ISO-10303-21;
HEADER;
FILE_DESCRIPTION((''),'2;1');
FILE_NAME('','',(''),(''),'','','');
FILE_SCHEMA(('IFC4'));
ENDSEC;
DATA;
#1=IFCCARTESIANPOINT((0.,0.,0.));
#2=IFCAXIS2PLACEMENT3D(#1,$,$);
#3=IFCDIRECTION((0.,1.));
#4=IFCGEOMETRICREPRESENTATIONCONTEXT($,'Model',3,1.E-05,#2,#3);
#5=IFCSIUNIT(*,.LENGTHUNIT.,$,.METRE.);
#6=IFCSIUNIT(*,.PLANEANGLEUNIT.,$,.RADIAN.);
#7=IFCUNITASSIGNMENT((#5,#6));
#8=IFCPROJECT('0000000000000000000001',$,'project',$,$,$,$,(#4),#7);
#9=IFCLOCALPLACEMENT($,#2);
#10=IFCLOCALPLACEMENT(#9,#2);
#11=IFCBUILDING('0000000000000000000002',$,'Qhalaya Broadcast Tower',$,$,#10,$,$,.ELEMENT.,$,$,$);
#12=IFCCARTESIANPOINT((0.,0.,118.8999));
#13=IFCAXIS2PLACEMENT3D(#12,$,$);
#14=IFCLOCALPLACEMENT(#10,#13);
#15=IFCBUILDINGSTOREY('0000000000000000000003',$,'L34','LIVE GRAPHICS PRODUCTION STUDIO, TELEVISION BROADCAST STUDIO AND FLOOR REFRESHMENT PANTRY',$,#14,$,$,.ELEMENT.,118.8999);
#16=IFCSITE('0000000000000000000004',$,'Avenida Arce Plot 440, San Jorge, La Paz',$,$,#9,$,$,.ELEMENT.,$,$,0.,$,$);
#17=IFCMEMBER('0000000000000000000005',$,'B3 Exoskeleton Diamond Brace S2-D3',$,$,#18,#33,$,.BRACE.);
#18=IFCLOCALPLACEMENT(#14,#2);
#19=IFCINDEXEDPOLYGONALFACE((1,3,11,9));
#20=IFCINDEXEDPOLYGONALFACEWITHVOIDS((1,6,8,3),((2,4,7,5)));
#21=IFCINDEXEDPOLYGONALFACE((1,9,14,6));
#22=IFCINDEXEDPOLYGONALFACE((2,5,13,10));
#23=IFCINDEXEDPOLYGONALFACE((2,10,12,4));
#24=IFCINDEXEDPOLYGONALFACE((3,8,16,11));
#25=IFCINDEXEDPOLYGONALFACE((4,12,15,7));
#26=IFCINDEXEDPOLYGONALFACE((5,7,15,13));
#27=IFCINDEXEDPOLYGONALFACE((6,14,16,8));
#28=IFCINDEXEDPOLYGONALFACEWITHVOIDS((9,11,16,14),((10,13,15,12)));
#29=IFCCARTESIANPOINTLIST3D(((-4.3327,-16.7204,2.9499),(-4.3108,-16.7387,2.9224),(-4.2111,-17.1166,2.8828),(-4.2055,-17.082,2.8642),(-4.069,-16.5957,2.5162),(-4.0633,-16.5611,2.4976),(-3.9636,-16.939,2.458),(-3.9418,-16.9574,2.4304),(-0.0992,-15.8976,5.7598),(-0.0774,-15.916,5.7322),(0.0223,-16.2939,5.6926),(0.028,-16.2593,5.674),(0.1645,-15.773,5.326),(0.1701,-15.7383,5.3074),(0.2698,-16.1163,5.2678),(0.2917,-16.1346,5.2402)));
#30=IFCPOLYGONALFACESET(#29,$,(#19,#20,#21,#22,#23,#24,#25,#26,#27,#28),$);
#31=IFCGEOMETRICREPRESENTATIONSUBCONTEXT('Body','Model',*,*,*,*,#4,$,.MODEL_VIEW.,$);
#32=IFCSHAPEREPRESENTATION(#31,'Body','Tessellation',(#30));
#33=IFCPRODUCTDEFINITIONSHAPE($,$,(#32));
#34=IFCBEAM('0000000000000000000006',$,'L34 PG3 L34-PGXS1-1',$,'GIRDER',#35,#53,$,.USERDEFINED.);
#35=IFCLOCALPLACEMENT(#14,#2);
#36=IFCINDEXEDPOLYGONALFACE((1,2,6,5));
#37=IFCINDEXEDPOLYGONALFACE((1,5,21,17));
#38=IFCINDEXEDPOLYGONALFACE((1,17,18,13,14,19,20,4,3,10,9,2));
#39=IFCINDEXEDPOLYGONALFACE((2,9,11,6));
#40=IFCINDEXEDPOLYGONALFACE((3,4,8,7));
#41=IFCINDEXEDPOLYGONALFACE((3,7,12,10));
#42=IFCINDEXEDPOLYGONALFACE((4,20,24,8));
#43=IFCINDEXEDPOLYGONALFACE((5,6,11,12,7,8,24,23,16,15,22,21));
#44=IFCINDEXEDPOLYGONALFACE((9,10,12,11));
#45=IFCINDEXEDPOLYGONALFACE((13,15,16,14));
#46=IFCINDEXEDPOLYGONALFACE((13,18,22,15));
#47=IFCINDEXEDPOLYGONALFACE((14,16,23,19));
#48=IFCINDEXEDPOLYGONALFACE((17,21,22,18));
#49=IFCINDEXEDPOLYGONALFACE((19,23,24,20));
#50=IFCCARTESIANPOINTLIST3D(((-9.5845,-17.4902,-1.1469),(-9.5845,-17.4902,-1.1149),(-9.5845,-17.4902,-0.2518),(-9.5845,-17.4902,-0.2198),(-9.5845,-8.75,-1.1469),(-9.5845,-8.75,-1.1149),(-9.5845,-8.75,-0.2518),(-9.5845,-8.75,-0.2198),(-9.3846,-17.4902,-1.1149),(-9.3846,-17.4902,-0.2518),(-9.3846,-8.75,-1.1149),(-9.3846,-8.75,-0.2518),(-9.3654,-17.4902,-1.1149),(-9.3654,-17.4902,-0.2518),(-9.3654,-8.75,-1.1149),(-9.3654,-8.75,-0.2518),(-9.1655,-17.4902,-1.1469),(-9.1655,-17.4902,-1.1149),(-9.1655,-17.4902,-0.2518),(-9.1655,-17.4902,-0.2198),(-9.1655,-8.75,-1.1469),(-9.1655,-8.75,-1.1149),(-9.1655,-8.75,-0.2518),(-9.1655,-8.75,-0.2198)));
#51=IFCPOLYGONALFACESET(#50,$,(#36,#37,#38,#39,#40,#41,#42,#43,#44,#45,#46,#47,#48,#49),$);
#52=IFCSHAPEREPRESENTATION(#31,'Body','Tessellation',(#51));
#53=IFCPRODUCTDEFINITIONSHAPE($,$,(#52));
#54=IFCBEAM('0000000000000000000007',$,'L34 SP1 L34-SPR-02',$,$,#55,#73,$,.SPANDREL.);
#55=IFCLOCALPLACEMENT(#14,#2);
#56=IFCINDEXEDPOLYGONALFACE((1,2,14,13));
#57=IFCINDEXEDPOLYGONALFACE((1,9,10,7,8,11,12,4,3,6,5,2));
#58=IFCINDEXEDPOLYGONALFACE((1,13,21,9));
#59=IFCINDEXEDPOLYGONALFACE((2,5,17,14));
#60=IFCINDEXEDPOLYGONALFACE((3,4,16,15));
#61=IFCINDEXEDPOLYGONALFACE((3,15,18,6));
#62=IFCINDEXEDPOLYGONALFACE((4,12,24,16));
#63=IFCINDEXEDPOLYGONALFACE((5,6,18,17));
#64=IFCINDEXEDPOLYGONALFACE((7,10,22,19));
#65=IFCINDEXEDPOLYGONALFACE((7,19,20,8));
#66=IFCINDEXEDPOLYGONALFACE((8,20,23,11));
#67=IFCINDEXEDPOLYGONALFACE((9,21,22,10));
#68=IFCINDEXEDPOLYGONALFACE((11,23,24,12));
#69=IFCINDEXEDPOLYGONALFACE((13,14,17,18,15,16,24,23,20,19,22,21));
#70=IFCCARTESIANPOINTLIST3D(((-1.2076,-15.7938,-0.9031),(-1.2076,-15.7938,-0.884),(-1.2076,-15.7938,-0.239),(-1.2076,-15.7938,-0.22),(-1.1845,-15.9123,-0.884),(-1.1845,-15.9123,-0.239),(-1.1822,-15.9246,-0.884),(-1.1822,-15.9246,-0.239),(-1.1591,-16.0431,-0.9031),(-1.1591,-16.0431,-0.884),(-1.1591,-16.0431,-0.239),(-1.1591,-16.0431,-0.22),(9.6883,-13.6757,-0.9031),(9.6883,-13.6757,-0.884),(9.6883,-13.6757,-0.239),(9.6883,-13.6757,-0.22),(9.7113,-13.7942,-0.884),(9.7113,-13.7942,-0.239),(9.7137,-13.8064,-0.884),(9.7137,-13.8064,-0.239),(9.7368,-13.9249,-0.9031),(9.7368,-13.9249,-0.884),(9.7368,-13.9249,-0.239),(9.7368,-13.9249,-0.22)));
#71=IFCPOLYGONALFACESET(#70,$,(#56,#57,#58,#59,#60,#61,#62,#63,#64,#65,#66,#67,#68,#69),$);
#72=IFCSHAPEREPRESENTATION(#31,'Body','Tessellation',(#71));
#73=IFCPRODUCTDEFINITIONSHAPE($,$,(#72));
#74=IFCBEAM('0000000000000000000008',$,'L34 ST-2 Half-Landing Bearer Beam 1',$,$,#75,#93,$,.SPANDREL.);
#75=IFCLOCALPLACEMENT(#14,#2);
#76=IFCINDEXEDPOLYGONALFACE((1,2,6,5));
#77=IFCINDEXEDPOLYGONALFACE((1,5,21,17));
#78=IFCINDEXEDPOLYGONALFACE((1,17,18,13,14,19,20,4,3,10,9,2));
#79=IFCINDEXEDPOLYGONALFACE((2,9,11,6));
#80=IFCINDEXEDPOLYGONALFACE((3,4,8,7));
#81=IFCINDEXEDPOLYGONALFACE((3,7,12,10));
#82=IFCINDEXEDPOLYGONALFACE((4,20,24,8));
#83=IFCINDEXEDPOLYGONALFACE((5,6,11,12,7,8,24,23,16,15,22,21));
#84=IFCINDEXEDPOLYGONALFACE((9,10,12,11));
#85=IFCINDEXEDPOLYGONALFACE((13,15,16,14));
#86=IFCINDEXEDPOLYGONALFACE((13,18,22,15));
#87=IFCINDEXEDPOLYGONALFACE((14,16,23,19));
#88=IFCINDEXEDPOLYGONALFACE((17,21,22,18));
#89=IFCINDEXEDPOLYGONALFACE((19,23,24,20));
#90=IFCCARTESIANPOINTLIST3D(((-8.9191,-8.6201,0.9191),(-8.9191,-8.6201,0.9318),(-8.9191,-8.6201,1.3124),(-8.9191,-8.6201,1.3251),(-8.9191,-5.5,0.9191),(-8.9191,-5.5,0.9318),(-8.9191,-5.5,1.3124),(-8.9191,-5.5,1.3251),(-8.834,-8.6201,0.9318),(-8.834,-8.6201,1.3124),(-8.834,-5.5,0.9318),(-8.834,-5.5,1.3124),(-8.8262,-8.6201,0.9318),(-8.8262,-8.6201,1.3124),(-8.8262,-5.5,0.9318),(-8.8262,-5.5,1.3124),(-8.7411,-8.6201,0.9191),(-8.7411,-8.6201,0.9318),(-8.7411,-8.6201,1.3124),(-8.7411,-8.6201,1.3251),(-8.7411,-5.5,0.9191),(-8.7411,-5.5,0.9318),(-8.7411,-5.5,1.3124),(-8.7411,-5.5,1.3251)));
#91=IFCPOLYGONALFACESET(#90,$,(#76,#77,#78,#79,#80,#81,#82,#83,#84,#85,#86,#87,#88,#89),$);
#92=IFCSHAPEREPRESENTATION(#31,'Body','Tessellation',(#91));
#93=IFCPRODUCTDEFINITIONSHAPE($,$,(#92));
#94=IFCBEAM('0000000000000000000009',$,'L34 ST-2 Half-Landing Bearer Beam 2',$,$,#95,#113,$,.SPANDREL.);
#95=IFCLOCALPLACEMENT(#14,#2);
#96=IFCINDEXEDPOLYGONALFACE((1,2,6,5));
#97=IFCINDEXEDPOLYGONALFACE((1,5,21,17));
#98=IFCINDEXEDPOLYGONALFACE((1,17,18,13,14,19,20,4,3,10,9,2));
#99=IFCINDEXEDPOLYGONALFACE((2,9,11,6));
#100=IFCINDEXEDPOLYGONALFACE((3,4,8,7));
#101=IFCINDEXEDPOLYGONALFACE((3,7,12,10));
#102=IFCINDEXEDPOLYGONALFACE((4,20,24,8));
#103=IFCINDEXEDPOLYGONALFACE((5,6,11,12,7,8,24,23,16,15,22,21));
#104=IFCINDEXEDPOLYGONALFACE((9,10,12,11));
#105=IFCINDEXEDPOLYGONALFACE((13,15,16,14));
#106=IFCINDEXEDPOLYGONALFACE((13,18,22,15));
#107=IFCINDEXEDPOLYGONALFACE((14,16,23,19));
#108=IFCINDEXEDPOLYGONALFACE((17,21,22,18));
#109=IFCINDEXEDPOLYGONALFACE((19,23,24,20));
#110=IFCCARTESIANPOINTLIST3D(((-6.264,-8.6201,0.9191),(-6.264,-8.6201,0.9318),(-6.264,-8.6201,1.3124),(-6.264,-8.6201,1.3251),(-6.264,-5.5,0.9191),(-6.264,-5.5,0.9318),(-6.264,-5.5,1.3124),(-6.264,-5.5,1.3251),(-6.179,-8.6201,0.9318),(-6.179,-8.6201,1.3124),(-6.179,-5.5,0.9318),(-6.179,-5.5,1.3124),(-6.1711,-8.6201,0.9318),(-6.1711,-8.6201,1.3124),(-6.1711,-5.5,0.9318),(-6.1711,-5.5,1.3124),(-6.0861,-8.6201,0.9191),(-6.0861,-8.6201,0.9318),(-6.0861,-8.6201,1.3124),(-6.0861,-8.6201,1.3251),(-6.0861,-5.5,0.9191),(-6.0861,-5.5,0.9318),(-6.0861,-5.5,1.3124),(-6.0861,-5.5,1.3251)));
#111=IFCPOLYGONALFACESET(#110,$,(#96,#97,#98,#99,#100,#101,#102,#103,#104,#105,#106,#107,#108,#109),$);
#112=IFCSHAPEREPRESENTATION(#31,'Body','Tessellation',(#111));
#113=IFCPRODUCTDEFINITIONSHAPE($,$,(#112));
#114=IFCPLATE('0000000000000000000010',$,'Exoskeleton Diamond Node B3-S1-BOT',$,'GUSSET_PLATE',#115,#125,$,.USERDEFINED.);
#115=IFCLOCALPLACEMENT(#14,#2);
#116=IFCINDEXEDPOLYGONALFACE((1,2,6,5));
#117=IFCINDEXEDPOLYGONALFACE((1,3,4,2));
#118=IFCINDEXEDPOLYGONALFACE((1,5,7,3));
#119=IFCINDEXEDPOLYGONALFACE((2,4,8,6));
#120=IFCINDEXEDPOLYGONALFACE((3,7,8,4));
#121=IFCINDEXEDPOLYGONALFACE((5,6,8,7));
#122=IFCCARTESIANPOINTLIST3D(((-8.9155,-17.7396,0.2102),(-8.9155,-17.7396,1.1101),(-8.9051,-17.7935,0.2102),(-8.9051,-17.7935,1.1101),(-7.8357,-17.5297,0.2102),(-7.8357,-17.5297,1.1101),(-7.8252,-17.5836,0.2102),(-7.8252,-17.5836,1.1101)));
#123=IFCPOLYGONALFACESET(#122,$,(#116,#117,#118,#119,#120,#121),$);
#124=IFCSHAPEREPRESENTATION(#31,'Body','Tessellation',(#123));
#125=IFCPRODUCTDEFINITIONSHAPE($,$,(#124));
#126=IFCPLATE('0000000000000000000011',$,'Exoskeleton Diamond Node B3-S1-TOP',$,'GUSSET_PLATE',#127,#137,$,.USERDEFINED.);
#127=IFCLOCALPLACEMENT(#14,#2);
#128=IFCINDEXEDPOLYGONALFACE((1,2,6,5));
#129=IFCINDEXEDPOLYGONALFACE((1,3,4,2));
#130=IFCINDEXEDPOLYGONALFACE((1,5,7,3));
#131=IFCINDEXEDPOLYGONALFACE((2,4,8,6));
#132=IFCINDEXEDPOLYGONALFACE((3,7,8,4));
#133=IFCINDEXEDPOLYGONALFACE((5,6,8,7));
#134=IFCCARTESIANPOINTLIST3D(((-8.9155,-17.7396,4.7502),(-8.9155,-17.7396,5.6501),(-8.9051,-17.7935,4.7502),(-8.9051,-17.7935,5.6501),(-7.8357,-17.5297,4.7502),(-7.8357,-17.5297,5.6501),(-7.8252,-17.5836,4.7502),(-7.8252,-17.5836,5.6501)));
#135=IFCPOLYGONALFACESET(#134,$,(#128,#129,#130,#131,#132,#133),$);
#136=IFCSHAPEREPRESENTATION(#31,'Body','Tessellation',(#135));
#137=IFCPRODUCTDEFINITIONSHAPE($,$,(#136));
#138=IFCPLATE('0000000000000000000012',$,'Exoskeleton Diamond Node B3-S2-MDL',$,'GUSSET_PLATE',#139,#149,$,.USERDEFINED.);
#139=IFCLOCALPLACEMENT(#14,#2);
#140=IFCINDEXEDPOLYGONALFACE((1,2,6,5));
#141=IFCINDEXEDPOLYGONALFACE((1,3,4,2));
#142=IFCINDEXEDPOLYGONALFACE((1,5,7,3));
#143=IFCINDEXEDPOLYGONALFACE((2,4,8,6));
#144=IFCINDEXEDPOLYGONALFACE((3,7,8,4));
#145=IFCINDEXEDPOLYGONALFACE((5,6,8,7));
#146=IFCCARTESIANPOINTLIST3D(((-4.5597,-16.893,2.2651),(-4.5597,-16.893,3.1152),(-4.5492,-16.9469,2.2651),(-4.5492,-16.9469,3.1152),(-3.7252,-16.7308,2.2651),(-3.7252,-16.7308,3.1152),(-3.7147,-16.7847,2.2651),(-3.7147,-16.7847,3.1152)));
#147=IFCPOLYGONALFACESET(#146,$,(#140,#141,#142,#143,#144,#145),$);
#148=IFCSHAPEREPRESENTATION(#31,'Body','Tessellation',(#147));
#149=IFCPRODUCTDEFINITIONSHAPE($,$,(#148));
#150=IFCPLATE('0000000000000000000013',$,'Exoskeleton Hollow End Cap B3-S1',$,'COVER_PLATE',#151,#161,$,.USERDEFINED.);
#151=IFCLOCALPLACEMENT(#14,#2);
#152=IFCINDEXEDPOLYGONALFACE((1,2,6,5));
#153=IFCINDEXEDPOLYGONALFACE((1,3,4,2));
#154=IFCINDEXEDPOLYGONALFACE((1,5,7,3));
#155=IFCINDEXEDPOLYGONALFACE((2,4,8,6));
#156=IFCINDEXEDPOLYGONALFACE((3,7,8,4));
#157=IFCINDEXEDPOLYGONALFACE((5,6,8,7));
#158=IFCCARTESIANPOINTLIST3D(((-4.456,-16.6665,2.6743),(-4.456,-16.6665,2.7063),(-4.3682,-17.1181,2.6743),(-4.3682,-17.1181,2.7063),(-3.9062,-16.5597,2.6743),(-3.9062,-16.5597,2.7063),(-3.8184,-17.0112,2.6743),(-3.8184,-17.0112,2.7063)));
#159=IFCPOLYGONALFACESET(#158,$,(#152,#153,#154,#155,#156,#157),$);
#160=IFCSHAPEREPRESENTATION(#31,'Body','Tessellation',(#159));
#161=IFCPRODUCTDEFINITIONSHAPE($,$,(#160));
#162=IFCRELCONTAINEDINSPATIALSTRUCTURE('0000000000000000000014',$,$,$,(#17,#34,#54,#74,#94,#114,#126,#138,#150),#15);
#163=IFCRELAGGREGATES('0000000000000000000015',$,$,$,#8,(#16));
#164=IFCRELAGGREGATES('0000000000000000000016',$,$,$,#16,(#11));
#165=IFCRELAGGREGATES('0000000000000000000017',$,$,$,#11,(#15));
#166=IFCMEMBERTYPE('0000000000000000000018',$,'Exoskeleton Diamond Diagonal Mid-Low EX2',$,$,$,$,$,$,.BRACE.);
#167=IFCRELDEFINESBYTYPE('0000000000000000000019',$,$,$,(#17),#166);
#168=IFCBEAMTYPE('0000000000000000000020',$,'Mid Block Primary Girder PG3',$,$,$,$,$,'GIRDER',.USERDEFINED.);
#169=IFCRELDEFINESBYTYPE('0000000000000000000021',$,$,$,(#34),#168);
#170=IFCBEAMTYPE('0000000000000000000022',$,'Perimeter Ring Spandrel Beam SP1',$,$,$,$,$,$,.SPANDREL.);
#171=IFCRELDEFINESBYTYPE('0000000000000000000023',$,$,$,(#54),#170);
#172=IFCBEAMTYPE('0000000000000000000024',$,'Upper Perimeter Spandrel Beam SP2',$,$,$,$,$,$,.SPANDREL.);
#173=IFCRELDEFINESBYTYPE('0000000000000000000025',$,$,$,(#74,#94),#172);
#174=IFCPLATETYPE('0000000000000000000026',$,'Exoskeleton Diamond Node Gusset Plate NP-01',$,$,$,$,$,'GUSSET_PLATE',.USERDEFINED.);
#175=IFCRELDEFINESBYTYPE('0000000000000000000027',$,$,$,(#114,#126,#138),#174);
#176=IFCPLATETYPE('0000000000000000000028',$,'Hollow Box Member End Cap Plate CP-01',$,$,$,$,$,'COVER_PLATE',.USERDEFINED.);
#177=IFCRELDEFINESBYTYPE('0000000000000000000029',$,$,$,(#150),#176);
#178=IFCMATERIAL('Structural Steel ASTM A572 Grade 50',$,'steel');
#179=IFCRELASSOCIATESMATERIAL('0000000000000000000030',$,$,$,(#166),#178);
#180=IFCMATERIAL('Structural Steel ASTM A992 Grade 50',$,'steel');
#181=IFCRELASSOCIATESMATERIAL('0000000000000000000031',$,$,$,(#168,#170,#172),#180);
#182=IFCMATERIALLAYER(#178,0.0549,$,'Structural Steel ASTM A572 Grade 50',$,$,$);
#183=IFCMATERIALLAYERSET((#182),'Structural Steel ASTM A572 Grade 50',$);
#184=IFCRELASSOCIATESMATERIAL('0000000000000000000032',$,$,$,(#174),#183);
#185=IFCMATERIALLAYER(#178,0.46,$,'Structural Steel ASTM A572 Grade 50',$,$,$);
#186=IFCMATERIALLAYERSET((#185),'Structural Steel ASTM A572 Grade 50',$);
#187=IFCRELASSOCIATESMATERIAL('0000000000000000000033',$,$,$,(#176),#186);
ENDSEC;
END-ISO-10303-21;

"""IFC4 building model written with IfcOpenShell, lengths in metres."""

from ifc_helpers import new_model, si_unit, direction, frame, origin, origin_2d, place, context, subcontext, project, spatial, rectangle, hollow_rectangle, i_section, extrude, material, layer, layer_set, material_profile, profile_set, type_object, element, save


model = new_model("IFC4")

# Units and contexts
model_context = context("Model", 3, precision=1e-05, world=origin(), true_north=direction((0.0, 1.0)))
body_context = subcontext(model_context, "Body", "Model", "MODEL_VIEW")
ifc_project = project(units=[si_unit("LENGTHUNIT", "METRE"), si_unit("PLANEANGLEUNIT", "RADIAN")], contexts=[model_context])

# Site, building, storey
site_placement = place(None, origin())
site = spatial("IfcSite", under=ifc_project, at=site_placement, Name="Avenida Arce Plot 440, San Jorge, La Paz", CompositionType="ELEMENT", RefElevation=0.0)
building_placement = place(site_placement, origin())
building = spatial("IfcBuilding", under=site, at=building_placement, Name="Qhalaya Broadcast Tower", CompositionType="ELEMENT")
storey_placement = place(building_placement, frame((0.0, 0.0, 118.8999)))
storey = spatial("IfcBuildingStorey", under=building, at=storey_placement, Name="L34", Description="LIVE GRAPHICS PRODUCTION STUDIO, TELEVISION BROADCAST STUDIO AND FLOOR REFRESHMENT PANTRY", CompositionType="ELEMENT", Elevation=118.8999)

# Shared definitions
ifc_material_1 = material(Name="Structural Steel ASTM A572 Grade 50", Category="steel")

# Shared definitions
ifc_material_2 = material(Name="Structural Steel ASTM A992 Grade 50", Category="steel")

# Member
ifc_material_profile_1 = material_profile(ifc_material_1, hollow_rectangle(XDim=0.4199, YDim=0.55, WallThickness=0.0281, at=origin_2d()), Name="BOX 420x550x28")
ifc_profile_set_1 = profile_set([ifc_material_profile_1], Name="Structural Steel ASTM A572 Grade 50")
member_type = type_object("IfcMemberType", Name="Exoskeleton Diamond Diagonal Mid-Low EX2", PredefinedType="BRACE", material=ifc_profile_set_1)
member_1_placement = place(storey_placement, frame((-4.1372, -16.8389, 2.6902), z_axis=(0.822467, 0.159845, 0.545892), x_axis=(-0.289522, 0.943726, 0.15987)))
element("IfcMember", 1, at=member_1_placement, inside=storey, type_object=member_type, Name="B3 Exoskeleton Diamond Brace S2-D3", PredefinedType="BRACE", context=body_context, shape_type="SweptSolid", body=[
    extrude(hollow_rectangle(XDim=0.4199, YDim=0.55, WallThickness=0.0281, at=origin_2d()), origin(), (0.0, 0.0, 1.0), 5.1472),
])

# Beams
ifc_material_profile_2 = material_profile(ifc_material_2, i_section(OverallWidth=0.4189, OverallDepth=0.927, WebThickness=0.0193, FlangeThickness=0.032, at=origin_2d()), Name="W36X231")
ifc_profile_set_2 = profile_set([ifc_material_profile_2], Name="Structural Steel ASTM A992 Grade 50")
beam_type_1 = type_object("IfcBeamType", Name="Mid Block Primary Girder PG3", ElementType="GIRDER", PredefinedType="USERDEFINED", material=ifc_profile_set_2)
beam_1_placement = place(storey_placement, frame((-9.375, -17.4902, -0.6833), z_axis=(0.0, 1.0, 0.0), x_axis=(-1.0, 0.0, 0.0)))
element("IfcBeam", 2, at=beam_1_placement, inside=storey, type_object=beam_type_1, Name="L34 PG3 L34-PGXS1-1", ObjectType="GIRDER", PredefinedType="USERDEFINED", context=body_context, shape_type="SweptSolid", body=[
    extrude(i_section(OverallWidth=0.4189, OverallDepth=0.927, WebThickness=0.0193, FlangeThickness=0.032, at=origin_2d()), origin(), (0.0, 0.0, 1.0), 8.7402),
])
ifc_material_profile_3 = material_profile(ifc_material_2, i_section(OverallWidth=0.2539, OverallDepth=0.6831, WebThickness=0.0125, FlangeThickness=0.019, at=origin_2d()), Name="W27X94")
ifc_profile_set_3 = profile_set([ifc_material_profile_3], Name="Structural Steel ASTM A992 Grade 50")
beam_type_2 = type_object("IfcBeamType", Name="Perimeter Ring Spandrel Beam SP1", PredefinedType="SPANDREL", material=ifc_profile_set_3)
beam_2_placement = place(storey_placement, frame((-1.1833, -15.9185, -0.5615), z_axis=(0.981624, 0.190826, 0.0), x_axis=(-0.190826, 0.981624, 0.0)))
element("IfcBeam", 3, at=beam_2_placement, inside=storey, type_object=beam_type_2, Name="L34 SP1 L34-SPR-02", PredefinedType="SPANDREL", context=body_context, shape_type="SweptSolid", body=[
    extrude(i_section(OverallWidth=0.2539, OverallDepth=0.6831, WebThickness=0.0125, FlangeThickness=0.019, at=origin_2d()), origin(), (0.0, 0.0, 1.0), 11.0999),
])
ifc_material_profile_4 = material_profile(ifc_material_2, i_section(OverallWidth=0.178, OverallDepth=0.406, WebThickness=0.0078, FlangeThickness=0.0127, at=origin_2d()), Name="W16X40")
ifc_profile_set_4 = profile_set([ifc_material_profile_4], Name="Structural Steel ASTM A992 Grade 50")
beam_type_3 = type_object("IfcBeamType", Name="Upper Perimeter Spandrel Beam SP2", PredefinedType="SPANDREL", material=ifc_profile_set_4)
for number, where, z_axis, x_axis, name in (
    (4, (-8.8301, -8.6201, 1.1221), (0.0, 1.0, 0.0), (-1.0, 0.0, 0.0), "L34 ST-2 Half-Landing Bearer Beam 1"),
    (5, (-6.175, -8.6201, 1.1221), (0.0, 1.0, 0.0), (-1.0, 0.0, 0.0), "L34 ST-2 Half-Landing Bearer Beam 2"),
):
    element("IfcBeam", number, at=place(storey_placement, frame(where, z_axis=z_axis, x_axis=x_axis)), inside=storey, type_object=beam_type_3, Name=name, PredefinedType="SPANDREL", context=body_context, shape_type="SweptSolid", body=[
        extrude(i_section(OverallWidth=0.178, OverallDepth=0.406, WebThickness=0.0078, FlangeThickness=0.0127, at=origin_2d()), origin(), (0.0, 0.0, 1.0), 3.1201),
    ])

# Plates
ifc_layer_1 = layer(ifc_material_1, 0.0549, Name="Structural Steel ASTM A572 Grade 50")
ifc_layer_set_1 = layer_set([ifc_layer_1], Name="Structural Steel ASTM A572 Grade 50")
plate_type_1 = type_object("IfcPlateType", Name="Exoskeleton Diamond Node Gusset Plate NP-01", ElementType="GUSSET_PLATE", PredefinedType="USERDEFINED", material=ifc_layer_set_1)
for number, where, z_axis, x_axis, name in (
    (6, (-8.3704, -17.6616, 0.2102), (0.0, 0.0, 1.0), (0.981627, 0.190809, 0.0), "Exoskeleton Diamond Node B3-S1-BOT"),
    (7, (-8.3704, -17.6616, 4.7502), (0.0, 0.0, 1.0), (0.981627, 0.190809, 0.0), "Exoskeleton Diamond Node B3-S1-TOP"),
):
    element("IfcPlate", number, at=place(storey_placement, frame(where, z_axis=z_axis, x_axis=x_axis)), inside=storey, type_object=plate_type_1, Name=name, ObjectType="GUSSET_PLATE", PredefinedType="USERDEFINED", context=body_context, shape_type="SweptSolid", body=[
        extrude(rectangle(XDim=1.1001, YDim=0.0549, at=origin_2d()), origin(), (0.0, 0.0, 1.0), 0.8999),
    ])
plate_1_placement = place(storey_placement, frame((-4.1372, -16.8389, 2.2651), z_axis=(0.0, 0.0, 1.0), x_axis=(0.981627, 0.190809, 0.0)))
element("IfcPlate", 8, at=plate_1_placement, inside=storey, type_object=plate_type_1, Name="Exoskeleton Diamond Node B3-S2-MDL", ObjectType="GUSSET_PLATE", PredefinedType="USERDEFINED", context=body_context, shape_type="SweptSolid", body=[
    extrude(rectangle(XDim=0.8501, YDim=0.0549, at=origin_2d()), origin(), (0.0, 0.0, 1.0), 0.8501),
])
ifc_layer_2 = layer(ifc_material_1, 0.46, Name="Structural Steel ASTM A572 Grade 50")
ifc_layer_set_2 = layer_set([ifc_layer_2], Name="Structural Steel ASTM A572 Grade 50")
plate_type_2 = type_object("IfcPlateType", Name="Hollow Box Member End Cap Plate CP-01", ElementType="COVER_PLATE", PredefinedType="USERDEFINED", material=ifc_layer_set_2)
plate_2_placement = place(storey_placement, frame((-4.1372, -16.8389, 2.6743), z_axis=(0.0, 0.0, 1.0), x_axis=(0.981627, 0.190809, 0.0)))
element("IfcPlate", 9, at=plate_2_placement, inside=storey, type_object=plate_type_2, Name="Exoskeleton Hollow End Cap B3-S1", ObjectType="COVER_PLATE", PredefinedType="USERDEFINED", context=body_context, shape_type="SweptSolid", body=[
    extrude(rectangle(XDim=0.5601, YDim=0.46, at=origin_2d()), origin(), (0.0, 0.0, 1.0), 0.032),
])

save(model, "model.ifc")
